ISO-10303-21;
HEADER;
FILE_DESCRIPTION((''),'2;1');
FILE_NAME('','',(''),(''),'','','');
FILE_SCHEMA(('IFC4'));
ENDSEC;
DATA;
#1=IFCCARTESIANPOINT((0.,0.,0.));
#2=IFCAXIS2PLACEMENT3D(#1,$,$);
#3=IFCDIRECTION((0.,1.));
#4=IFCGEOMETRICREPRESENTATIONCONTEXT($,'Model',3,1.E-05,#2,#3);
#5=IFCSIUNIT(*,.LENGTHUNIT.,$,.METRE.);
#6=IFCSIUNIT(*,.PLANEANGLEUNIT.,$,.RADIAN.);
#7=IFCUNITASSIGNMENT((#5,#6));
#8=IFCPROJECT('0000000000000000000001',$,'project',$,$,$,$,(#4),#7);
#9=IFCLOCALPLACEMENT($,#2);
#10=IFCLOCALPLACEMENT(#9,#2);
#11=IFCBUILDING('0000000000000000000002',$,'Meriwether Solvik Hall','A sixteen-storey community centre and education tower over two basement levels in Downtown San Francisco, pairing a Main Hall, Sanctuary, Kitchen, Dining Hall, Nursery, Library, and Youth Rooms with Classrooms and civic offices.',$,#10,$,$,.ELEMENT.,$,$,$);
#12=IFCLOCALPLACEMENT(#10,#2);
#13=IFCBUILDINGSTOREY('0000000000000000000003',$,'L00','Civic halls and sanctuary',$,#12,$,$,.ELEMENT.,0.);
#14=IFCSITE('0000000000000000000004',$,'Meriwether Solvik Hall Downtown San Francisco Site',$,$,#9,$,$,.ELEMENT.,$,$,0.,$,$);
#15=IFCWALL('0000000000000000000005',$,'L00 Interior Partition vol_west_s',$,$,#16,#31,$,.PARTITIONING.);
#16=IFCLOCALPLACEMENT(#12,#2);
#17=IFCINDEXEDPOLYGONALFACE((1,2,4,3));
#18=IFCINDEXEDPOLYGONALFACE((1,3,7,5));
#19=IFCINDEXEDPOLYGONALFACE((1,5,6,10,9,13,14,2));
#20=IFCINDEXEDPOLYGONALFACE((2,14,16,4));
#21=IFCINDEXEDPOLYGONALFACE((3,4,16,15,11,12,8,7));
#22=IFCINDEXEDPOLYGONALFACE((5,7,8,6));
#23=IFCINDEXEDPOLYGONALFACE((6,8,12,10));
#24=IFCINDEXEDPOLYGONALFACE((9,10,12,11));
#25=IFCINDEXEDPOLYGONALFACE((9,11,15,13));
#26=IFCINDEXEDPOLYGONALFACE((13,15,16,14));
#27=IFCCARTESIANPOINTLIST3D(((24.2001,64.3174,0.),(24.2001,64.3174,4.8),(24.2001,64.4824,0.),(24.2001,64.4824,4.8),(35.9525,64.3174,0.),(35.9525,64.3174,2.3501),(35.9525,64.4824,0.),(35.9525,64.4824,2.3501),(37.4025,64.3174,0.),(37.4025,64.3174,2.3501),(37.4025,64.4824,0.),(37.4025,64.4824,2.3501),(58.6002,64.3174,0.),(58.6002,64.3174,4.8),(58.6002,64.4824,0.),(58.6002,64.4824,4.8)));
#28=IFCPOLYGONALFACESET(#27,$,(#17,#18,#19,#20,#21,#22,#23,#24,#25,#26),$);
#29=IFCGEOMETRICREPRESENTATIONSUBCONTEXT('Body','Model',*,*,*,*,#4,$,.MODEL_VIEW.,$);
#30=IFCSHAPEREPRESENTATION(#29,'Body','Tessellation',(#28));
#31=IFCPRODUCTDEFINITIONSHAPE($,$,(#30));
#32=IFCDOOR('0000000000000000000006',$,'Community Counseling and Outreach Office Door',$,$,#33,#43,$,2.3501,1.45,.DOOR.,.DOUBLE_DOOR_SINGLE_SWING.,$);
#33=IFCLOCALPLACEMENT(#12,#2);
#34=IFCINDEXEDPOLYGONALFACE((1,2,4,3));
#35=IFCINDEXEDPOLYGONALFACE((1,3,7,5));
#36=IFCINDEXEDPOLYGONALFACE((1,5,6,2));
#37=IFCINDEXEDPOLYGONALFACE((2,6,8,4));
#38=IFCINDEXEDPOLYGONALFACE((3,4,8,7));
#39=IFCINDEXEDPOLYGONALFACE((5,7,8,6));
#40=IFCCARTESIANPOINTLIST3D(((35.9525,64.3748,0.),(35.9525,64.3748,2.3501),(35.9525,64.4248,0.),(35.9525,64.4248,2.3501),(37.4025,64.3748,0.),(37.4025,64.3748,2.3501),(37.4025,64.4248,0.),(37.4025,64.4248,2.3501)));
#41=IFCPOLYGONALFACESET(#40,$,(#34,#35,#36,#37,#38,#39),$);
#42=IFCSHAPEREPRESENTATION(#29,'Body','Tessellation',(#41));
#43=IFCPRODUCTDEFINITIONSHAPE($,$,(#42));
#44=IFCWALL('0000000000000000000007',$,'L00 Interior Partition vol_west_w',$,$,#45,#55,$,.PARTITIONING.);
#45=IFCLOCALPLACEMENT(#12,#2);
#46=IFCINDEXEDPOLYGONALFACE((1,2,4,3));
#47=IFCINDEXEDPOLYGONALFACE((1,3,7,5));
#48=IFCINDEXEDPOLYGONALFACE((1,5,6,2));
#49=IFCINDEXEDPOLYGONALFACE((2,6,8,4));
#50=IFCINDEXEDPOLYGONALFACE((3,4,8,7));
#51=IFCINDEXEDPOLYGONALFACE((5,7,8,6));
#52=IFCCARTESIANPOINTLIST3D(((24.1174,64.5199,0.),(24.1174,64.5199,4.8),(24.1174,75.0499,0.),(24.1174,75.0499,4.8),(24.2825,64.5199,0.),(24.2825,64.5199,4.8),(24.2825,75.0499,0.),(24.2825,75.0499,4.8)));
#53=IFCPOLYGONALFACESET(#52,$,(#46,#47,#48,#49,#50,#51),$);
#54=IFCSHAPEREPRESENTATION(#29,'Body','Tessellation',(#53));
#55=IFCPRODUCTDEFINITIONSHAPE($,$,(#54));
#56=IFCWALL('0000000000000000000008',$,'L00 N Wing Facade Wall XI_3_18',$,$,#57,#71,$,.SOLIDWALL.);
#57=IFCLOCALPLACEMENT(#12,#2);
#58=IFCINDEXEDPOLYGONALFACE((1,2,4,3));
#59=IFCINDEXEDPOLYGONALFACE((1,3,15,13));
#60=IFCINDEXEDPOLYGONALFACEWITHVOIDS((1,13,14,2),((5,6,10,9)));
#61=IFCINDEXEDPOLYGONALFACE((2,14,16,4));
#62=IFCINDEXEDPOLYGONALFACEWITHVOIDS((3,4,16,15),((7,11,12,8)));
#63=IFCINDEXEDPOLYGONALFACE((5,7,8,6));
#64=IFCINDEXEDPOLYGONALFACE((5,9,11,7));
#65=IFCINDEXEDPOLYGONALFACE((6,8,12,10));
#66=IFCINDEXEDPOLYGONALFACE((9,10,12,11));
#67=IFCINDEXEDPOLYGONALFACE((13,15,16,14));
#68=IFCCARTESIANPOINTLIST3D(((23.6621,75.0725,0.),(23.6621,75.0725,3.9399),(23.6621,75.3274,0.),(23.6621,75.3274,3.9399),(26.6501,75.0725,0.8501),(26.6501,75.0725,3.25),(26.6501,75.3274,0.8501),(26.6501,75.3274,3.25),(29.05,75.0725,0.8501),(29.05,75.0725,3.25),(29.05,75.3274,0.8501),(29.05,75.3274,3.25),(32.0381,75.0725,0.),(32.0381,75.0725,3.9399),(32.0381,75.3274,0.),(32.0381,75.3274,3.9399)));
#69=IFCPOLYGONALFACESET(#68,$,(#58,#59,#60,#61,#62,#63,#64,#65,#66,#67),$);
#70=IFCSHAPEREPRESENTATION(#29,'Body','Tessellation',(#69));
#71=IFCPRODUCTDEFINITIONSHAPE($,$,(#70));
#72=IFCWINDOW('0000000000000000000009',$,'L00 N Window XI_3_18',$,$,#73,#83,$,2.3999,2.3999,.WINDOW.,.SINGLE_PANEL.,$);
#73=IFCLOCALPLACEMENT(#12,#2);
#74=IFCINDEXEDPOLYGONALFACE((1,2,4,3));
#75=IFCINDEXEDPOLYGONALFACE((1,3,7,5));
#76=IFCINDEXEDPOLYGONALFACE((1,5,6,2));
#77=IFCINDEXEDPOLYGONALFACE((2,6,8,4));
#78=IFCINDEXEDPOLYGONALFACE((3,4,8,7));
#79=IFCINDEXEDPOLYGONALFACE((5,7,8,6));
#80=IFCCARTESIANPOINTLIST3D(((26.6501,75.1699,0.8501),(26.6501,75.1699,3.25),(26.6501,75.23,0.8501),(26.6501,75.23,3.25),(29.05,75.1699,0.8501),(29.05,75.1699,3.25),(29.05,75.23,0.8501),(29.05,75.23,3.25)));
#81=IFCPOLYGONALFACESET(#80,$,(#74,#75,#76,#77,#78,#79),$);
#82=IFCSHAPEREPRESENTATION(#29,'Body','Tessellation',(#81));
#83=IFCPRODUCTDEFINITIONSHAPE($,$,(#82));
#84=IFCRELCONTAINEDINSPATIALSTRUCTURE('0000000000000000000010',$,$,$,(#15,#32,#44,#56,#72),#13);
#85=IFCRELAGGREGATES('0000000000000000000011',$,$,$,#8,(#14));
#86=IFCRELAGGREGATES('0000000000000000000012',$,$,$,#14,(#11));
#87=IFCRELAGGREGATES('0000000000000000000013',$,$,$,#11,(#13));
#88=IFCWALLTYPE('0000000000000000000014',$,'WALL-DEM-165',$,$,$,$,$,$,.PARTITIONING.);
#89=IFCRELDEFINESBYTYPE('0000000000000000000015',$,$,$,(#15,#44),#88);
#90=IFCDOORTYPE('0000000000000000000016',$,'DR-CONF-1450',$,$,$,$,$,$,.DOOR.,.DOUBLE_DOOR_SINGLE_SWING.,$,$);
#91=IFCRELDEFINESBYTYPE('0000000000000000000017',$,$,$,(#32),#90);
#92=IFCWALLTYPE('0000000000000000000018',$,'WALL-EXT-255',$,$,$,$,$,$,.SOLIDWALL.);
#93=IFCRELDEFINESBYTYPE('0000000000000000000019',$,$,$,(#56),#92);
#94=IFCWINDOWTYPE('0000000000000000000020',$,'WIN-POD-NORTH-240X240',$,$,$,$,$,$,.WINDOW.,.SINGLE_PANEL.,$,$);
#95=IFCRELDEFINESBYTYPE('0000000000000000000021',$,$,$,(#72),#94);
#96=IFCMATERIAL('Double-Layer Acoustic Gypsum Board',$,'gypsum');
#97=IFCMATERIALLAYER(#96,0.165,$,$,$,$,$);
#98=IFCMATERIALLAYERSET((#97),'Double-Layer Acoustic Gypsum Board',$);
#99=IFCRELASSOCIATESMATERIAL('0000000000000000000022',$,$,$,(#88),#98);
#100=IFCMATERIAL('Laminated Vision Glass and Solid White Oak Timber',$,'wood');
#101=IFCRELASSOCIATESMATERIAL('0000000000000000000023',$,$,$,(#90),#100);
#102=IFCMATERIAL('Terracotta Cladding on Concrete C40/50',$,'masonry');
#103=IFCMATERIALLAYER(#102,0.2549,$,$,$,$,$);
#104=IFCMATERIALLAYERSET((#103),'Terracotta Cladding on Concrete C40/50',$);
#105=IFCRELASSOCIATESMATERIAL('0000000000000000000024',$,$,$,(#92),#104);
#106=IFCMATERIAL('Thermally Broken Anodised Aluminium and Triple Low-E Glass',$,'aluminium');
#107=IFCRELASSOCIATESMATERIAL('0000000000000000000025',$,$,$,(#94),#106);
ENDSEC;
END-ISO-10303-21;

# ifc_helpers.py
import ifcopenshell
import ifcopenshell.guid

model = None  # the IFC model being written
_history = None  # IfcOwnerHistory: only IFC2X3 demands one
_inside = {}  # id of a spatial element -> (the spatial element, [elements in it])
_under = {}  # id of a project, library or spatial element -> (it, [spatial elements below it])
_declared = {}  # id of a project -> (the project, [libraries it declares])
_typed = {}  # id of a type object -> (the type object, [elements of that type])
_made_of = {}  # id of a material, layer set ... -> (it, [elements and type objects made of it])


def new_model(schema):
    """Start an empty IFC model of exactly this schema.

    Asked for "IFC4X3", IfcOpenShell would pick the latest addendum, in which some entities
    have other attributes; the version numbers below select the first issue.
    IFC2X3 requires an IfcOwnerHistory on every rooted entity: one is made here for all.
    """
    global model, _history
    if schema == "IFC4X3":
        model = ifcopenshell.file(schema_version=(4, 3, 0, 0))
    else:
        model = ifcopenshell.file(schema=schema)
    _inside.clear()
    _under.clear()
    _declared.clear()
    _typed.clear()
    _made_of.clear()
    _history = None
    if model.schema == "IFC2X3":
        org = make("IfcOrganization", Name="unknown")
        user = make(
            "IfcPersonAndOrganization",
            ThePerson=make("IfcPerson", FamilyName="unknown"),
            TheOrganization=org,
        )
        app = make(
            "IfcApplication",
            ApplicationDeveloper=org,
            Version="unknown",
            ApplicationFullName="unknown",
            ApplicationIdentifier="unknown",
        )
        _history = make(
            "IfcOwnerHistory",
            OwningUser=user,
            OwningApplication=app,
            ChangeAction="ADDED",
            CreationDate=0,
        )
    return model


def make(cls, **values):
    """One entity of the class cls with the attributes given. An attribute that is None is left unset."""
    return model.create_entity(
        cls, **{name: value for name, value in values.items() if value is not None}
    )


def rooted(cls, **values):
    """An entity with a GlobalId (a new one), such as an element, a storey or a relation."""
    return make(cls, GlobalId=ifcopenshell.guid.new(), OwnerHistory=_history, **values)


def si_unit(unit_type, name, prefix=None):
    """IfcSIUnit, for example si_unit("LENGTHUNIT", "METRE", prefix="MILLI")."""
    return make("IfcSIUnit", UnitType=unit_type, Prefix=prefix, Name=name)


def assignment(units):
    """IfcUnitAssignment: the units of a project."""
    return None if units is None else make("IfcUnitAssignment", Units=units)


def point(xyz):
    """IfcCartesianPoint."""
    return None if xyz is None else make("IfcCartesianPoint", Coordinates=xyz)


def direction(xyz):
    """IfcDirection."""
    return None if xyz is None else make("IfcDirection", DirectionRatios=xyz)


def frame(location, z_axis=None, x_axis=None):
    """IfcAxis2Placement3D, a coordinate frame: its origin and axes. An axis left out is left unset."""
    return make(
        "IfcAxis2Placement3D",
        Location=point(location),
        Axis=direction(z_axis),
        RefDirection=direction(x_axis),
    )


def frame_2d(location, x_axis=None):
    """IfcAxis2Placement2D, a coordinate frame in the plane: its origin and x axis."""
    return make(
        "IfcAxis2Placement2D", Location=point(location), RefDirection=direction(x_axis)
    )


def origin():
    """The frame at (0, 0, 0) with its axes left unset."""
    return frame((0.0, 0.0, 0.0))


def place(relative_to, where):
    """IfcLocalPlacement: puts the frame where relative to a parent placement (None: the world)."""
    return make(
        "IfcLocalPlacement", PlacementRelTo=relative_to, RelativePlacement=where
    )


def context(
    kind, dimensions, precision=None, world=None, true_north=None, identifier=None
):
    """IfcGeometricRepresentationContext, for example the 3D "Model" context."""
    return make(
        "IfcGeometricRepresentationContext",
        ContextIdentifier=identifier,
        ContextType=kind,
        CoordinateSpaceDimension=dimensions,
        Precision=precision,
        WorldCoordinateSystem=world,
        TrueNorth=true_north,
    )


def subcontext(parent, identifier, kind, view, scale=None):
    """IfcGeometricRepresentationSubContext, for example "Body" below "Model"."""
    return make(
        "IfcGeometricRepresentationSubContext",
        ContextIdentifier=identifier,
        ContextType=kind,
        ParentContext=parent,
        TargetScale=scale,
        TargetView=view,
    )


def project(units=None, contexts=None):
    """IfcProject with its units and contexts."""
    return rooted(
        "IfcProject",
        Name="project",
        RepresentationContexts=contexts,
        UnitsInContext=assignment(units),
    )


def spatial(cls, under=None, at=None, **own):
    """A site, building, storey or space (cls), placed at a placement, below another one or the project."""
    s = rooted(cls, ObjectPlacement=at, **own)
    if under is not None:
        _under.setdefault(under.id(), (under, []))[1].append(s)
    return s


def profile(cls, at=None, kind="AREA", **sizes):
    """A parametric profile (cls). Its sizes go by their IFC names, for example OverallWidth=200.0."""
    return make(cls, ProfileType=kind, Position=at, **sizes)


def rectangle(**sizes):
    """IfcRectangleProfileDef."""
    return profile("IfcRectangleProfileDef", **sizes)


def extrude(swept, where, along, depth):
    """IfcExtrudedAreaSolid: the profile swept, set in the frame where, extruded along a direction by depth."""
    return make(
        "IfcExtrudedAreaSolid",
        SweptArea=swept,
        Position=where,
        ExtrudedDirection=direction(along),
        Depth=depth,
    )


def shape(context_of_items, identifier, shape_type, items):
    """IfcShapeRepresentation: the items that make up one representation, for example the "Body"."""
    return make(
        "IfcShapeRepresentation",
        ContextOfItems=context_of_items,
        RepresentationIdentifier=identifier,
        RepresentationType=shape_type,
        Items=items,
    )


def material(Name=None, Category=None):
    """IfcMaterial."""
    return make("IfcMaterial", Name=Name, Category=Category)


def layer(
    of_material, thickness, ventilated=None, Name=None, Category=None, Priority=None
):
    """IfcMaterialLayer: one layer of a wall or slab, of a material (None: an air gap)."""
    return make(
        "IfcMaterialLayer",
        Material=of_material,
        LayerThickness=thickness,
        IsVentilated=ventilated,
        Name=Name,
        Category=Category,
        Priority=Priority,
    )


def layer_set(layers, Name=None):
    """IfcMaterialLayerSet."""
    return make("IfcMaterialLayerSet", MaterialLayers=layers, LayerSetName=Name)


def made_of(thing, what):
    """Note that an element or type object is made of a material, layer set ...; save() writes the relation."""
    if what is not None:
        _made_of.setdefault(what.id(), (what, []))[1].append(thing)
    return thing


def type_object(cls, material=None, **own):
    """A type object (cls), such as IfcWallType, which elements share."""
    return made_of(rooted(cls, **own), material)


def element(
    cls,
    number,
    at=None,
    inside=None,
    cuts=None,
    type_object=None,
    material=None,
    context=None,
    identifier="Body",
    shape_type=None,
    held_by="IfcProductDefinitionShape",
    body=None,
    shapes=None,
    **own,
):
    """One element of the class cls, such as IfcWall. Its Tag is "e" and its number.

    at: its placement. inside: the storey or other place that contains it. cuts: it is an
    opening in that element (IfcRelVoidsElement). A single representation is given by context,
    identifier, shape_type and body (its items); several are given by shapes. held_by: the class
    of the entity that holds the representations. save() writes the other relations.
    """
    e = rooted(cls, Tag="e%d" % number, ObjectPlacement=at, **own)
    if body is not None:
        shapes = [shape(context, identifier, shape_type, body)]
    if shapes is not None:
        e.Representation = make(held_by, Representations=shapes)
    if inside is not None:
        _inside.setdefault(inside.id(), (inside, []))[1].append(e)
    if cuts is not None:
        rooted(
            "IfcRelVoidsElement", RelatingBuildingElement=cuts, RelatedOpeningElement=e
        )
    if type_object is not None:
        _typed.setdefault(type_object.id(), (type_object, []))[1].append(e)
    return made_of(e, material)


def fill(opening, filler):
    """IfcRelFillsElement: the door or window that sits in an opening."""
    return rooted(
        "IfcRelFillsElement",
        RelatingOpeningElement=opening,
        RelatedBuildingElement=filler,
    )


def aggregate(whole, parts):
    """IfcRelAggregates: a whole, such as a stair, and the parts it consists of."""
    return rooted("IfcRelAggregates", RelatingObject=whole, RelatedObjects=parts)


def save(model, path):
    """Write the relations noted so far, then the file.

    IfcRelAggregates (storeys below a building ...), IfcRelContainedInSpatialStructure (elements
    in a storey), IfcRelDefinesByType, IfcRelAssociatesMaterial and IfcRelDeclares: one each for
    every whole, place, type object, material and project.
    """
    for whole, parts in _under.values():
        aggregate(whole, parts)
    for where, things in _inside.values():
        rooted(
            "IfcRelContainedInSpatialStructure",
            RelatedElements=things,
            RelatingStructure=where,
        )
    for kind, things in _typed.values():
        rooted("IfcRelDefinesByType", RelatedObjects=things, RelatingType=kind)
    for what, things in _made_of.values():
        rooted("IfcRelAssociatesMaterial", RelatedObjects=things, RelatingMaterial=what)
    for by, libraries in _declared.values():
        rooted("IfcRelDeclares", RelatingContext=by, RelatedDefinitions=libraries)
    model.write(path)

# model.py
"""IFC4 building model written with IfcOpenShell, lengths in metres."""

from ifc_helpers import new_model, si_unit, direction, frame, frame_2d, origin, place, context, subcontext, project, spatial, rectangle, extrude, material, layer, layer_set, type_object, element, fill, save


model = new_model("IFC4")

# Units and contexts
model_context = context("Model", 3, precision=1e-05, world=origin(), true_north=direction((0.0, 1.0)))
body_context = subcontext(model_context, "Body", "Model", "MODEL_VIEW")
ifc_project = project(units=[si_unit("LENGTHUNIT", "METRE"), si_unit("PLANEANGLEUNIT", "RADIAN")], contexts=[model_context])

# Site, building, storey
site_placement = place(None, origin())
site = spatial("IfcSite", under=ifc_project, at=site_placement, Name="Meriwether Solvik Hall Downtown San Francisco Site", CompositionType="ELEMENT", RefElevation=0.0)
building_placement = place(site_placement, origin())
building = spatial("IfcBuilding", under=site, at=building_placement, Name="Meriwether Solvik Hall", Description="A sixteen-storey community centre and education tower over two basement levels in Downtown San Francisco, pairing a Main Hall, Sanctuary, Kitchen, Dining Hall, Nursery, Library, and Youth Rooms with Classrooms and civic offices.", CompositionType="ELEMENT")
storey_placement = place(building_placement, origin())
storey = spatial("IfcBuildingStorey", under=building, at=storey_placement, Name="L00", Description="Civic halls and sanctuary", CompositionType="ELEMENT", Elevation=0.0)

# Wall, opening, door
ifc_material_1 = material(Name="Double-Layer Acoustic Gypsum Board", Category="gypsum")
ifc_layer_1 = layer(ifc_material_1, 0.165)
ifc_layer_set_1 = layer_set([ifc_layer_1], Name="Double-Layer Acoustic Gypsum Board")
wall_type_1 = type_object("IfcWallType", Name="WALL-DEM-165", PredefinedType="PARTITIONING", material=ifc_layer_set_1)
wall_1_placement = place(storey_placement, frame((24.2, 64.3999, 0.0), z_axis=(0.0, 0.0, 1.0), x_axis=(1.0, 0.0, 0.0)))
wall_1 = element("IfcWall", 1, at=wall_1_placement, inside=storey, type_object=wall_type_1, Name="L00 Interior Partition vol_west_s", PredefinedType="PARTITIONING", context=body_context, shape_type="SweptSolid", body=[
    extrude(rectangle(XDim=34.4001, YDim=0.165, at=frame_2d((17.2002, 0.0))), origin(), (0.0, 0.0, 1.0), 4.8),
])
opening_1_placement = place(wall_1_placement, frame((11.7524, 0.0, 0.0)))
opening_1 = element("IfcOpeningElement", 2, at=opening_1_placement, cuts=wall_1, PredefinedType="OPENING", context=body_context, shape_type="SweptSolid", body=[
    extrude(rectangle(XDim=1.45, YDim=2.3501, at=frame_2d((0.7251, 1.175))), frame((0.0, 0.0945, 0.0), z_axis=(0.0, -1.0, 0.0), x_axis=(1.0, 0.0, 0.0)), (0.0, 0.0, 1.0), 0.189),
])
ifc_material_2 = material(Name="Laminated Vision Glass and Solid White Oak Timber", Category="wood")
door_type = type_object("IfcDoorType", Name="DR-CONF-1450", OperationType="DOUBLE_DOOR_SINGLE_SWING", PredefinedType="DOOR", material=ifc_material_2)
door_placement = place(opening_1_placement, origin())
door = element("IfcDoor", 3, at=door_placement, inside=storey, type_object=door_type, Name="Community Counseling and Outreach Office Door", OperationType="DOUBLE_DOOR_SINGLE_SWING", OverallHeight=2.3501, OverallWidth=1.45, PredefinedType="DOOR", context=body_context, shape_type="SweptSolid", body=[
    extrude(rectangle(XDim=1.45, YDim=2.3501, at=frame_2d((0.7251, 1.175))), frame((0.0, 0.0249, 0.0), z_axis=(0.0, -1.0, 0.0), x_axis=(1.0, 0.0, 0.0)), (0.0, 0.0, 1.0), 0.05),
])
fill(opening_1, door)

# Wall
wall_2_placement = place(storey_placement, frame((24.2, 75.05, 0.0), z_axis=(0.0, 0.0, 1.0), x_axis=(0.0, -1.0, 0.0)))
element("IfcWall", 4, at=wall_2_placement, inside=storey, type_object=wall_type_1, Name="L00 Interior Partition vol_west_w", PredefinedType="PARTITIONING", context=body_context, shape_type="SweptSolid", body=[
    extrude(rectangle(XDim=10.53, YDim=0.165, at=frame_2d((5.2651, 0.0))), origin(), (0.0, 0.0, 1.0), 4.8),
])

# Wall, opening, window
ifc_material_3 = material(Name="Terracotta Cladding on Concrete C40/50", Category="masonry")
ifc_layer_2 = layer(ifc_material_3, 0.2549)
ifc_layer_set_2 = layer_set([ifc_layer_2], Name="Terracotta Cladding on Concrete C40/50")
wall_type_2 = type_object("IfcWallType", Name="WALL-EXT-255", PredefinedType="SOLIDWALL", material=ifc_layer_set_2)
wall_3_placement = place(storey_placement, frame((23.6621, 75.2, 0.0), z_axis=(0.0, 0.0, 1.0), x_axis=(1.0, 0.0, 0.0)))
wall_3 = element("IfcWall", 5, at=wall_3_placement, inside=storey, type_object=wall_type_2, Name="L00 N Wing Facade Wall XI_3_18", PredefinedType="SOLIDWALL", context=body_context, shape_type="SweptSolid", body=[
    extrude(rectangle(XDim=8.376, YDim=0.2549, at=frame_2d((4.188, 0.0))), origin(), (0.0, 0.0, 1.0), 3.9399),
])
opening_2_placement = place(wall_3_placement, frame((2.988, 0.0, 0.8501)))
opening_2 = element("IfcOpeningElement", 6, at=opening_2_placement, cuts=wall_3, PredefinedType="OPENING", context=body_context, shape_type="SweptSolid", body=[
    extrude(rectangle(XDim=2.3999, YDim=2.3999, at=frame_2d((1.2, 1.2))), frame((0.0, 0.1394, 0.0), z_axis=(0.0, -1.0, 0.0), x_axis=(1.0, 0.0, 0.0)), (0.0, 0.0, 1.0), 0.2788),
])
ifc_material_4 = material(Name="Thermally Broken Anodised Aluminium and Triple Low-E Glass", Category="aluminium")
window_type = type_object("IfcWindowType", Name="WIN-POD-NORTH-240X240", PartitioningType="SINGLE_PANEL", PredefinedType="WINDOW", material=ifc_material_4)
window_placement = place(opening_2_placement, origin())
window = element("IfcWindow", 7, at=window_placement, inside=storey, type_object=window_type, Name="L00 N Window XI_3_18", OverallHeight=2.3999, OverallWidth=2.3999, PartitioningType="SINGLE_PANEL", PredefinedType="WINDOW", context=body_context, shape_type="SweptSolid", body=[
    extrude(rectangle(XDim=2.3999, YDim=2.3999, at=frame_2d((1.2, 1.2))), frame((0.0, 0.03, 0.0), z_axis=(0.0, -1.0, 0.0), x_axis=(1.0, 0.0, 0.0)), (0.0, 0.0, 1.0), 0.0601),
])
fill(opening_2, window)

save(model, "model.ifc")
